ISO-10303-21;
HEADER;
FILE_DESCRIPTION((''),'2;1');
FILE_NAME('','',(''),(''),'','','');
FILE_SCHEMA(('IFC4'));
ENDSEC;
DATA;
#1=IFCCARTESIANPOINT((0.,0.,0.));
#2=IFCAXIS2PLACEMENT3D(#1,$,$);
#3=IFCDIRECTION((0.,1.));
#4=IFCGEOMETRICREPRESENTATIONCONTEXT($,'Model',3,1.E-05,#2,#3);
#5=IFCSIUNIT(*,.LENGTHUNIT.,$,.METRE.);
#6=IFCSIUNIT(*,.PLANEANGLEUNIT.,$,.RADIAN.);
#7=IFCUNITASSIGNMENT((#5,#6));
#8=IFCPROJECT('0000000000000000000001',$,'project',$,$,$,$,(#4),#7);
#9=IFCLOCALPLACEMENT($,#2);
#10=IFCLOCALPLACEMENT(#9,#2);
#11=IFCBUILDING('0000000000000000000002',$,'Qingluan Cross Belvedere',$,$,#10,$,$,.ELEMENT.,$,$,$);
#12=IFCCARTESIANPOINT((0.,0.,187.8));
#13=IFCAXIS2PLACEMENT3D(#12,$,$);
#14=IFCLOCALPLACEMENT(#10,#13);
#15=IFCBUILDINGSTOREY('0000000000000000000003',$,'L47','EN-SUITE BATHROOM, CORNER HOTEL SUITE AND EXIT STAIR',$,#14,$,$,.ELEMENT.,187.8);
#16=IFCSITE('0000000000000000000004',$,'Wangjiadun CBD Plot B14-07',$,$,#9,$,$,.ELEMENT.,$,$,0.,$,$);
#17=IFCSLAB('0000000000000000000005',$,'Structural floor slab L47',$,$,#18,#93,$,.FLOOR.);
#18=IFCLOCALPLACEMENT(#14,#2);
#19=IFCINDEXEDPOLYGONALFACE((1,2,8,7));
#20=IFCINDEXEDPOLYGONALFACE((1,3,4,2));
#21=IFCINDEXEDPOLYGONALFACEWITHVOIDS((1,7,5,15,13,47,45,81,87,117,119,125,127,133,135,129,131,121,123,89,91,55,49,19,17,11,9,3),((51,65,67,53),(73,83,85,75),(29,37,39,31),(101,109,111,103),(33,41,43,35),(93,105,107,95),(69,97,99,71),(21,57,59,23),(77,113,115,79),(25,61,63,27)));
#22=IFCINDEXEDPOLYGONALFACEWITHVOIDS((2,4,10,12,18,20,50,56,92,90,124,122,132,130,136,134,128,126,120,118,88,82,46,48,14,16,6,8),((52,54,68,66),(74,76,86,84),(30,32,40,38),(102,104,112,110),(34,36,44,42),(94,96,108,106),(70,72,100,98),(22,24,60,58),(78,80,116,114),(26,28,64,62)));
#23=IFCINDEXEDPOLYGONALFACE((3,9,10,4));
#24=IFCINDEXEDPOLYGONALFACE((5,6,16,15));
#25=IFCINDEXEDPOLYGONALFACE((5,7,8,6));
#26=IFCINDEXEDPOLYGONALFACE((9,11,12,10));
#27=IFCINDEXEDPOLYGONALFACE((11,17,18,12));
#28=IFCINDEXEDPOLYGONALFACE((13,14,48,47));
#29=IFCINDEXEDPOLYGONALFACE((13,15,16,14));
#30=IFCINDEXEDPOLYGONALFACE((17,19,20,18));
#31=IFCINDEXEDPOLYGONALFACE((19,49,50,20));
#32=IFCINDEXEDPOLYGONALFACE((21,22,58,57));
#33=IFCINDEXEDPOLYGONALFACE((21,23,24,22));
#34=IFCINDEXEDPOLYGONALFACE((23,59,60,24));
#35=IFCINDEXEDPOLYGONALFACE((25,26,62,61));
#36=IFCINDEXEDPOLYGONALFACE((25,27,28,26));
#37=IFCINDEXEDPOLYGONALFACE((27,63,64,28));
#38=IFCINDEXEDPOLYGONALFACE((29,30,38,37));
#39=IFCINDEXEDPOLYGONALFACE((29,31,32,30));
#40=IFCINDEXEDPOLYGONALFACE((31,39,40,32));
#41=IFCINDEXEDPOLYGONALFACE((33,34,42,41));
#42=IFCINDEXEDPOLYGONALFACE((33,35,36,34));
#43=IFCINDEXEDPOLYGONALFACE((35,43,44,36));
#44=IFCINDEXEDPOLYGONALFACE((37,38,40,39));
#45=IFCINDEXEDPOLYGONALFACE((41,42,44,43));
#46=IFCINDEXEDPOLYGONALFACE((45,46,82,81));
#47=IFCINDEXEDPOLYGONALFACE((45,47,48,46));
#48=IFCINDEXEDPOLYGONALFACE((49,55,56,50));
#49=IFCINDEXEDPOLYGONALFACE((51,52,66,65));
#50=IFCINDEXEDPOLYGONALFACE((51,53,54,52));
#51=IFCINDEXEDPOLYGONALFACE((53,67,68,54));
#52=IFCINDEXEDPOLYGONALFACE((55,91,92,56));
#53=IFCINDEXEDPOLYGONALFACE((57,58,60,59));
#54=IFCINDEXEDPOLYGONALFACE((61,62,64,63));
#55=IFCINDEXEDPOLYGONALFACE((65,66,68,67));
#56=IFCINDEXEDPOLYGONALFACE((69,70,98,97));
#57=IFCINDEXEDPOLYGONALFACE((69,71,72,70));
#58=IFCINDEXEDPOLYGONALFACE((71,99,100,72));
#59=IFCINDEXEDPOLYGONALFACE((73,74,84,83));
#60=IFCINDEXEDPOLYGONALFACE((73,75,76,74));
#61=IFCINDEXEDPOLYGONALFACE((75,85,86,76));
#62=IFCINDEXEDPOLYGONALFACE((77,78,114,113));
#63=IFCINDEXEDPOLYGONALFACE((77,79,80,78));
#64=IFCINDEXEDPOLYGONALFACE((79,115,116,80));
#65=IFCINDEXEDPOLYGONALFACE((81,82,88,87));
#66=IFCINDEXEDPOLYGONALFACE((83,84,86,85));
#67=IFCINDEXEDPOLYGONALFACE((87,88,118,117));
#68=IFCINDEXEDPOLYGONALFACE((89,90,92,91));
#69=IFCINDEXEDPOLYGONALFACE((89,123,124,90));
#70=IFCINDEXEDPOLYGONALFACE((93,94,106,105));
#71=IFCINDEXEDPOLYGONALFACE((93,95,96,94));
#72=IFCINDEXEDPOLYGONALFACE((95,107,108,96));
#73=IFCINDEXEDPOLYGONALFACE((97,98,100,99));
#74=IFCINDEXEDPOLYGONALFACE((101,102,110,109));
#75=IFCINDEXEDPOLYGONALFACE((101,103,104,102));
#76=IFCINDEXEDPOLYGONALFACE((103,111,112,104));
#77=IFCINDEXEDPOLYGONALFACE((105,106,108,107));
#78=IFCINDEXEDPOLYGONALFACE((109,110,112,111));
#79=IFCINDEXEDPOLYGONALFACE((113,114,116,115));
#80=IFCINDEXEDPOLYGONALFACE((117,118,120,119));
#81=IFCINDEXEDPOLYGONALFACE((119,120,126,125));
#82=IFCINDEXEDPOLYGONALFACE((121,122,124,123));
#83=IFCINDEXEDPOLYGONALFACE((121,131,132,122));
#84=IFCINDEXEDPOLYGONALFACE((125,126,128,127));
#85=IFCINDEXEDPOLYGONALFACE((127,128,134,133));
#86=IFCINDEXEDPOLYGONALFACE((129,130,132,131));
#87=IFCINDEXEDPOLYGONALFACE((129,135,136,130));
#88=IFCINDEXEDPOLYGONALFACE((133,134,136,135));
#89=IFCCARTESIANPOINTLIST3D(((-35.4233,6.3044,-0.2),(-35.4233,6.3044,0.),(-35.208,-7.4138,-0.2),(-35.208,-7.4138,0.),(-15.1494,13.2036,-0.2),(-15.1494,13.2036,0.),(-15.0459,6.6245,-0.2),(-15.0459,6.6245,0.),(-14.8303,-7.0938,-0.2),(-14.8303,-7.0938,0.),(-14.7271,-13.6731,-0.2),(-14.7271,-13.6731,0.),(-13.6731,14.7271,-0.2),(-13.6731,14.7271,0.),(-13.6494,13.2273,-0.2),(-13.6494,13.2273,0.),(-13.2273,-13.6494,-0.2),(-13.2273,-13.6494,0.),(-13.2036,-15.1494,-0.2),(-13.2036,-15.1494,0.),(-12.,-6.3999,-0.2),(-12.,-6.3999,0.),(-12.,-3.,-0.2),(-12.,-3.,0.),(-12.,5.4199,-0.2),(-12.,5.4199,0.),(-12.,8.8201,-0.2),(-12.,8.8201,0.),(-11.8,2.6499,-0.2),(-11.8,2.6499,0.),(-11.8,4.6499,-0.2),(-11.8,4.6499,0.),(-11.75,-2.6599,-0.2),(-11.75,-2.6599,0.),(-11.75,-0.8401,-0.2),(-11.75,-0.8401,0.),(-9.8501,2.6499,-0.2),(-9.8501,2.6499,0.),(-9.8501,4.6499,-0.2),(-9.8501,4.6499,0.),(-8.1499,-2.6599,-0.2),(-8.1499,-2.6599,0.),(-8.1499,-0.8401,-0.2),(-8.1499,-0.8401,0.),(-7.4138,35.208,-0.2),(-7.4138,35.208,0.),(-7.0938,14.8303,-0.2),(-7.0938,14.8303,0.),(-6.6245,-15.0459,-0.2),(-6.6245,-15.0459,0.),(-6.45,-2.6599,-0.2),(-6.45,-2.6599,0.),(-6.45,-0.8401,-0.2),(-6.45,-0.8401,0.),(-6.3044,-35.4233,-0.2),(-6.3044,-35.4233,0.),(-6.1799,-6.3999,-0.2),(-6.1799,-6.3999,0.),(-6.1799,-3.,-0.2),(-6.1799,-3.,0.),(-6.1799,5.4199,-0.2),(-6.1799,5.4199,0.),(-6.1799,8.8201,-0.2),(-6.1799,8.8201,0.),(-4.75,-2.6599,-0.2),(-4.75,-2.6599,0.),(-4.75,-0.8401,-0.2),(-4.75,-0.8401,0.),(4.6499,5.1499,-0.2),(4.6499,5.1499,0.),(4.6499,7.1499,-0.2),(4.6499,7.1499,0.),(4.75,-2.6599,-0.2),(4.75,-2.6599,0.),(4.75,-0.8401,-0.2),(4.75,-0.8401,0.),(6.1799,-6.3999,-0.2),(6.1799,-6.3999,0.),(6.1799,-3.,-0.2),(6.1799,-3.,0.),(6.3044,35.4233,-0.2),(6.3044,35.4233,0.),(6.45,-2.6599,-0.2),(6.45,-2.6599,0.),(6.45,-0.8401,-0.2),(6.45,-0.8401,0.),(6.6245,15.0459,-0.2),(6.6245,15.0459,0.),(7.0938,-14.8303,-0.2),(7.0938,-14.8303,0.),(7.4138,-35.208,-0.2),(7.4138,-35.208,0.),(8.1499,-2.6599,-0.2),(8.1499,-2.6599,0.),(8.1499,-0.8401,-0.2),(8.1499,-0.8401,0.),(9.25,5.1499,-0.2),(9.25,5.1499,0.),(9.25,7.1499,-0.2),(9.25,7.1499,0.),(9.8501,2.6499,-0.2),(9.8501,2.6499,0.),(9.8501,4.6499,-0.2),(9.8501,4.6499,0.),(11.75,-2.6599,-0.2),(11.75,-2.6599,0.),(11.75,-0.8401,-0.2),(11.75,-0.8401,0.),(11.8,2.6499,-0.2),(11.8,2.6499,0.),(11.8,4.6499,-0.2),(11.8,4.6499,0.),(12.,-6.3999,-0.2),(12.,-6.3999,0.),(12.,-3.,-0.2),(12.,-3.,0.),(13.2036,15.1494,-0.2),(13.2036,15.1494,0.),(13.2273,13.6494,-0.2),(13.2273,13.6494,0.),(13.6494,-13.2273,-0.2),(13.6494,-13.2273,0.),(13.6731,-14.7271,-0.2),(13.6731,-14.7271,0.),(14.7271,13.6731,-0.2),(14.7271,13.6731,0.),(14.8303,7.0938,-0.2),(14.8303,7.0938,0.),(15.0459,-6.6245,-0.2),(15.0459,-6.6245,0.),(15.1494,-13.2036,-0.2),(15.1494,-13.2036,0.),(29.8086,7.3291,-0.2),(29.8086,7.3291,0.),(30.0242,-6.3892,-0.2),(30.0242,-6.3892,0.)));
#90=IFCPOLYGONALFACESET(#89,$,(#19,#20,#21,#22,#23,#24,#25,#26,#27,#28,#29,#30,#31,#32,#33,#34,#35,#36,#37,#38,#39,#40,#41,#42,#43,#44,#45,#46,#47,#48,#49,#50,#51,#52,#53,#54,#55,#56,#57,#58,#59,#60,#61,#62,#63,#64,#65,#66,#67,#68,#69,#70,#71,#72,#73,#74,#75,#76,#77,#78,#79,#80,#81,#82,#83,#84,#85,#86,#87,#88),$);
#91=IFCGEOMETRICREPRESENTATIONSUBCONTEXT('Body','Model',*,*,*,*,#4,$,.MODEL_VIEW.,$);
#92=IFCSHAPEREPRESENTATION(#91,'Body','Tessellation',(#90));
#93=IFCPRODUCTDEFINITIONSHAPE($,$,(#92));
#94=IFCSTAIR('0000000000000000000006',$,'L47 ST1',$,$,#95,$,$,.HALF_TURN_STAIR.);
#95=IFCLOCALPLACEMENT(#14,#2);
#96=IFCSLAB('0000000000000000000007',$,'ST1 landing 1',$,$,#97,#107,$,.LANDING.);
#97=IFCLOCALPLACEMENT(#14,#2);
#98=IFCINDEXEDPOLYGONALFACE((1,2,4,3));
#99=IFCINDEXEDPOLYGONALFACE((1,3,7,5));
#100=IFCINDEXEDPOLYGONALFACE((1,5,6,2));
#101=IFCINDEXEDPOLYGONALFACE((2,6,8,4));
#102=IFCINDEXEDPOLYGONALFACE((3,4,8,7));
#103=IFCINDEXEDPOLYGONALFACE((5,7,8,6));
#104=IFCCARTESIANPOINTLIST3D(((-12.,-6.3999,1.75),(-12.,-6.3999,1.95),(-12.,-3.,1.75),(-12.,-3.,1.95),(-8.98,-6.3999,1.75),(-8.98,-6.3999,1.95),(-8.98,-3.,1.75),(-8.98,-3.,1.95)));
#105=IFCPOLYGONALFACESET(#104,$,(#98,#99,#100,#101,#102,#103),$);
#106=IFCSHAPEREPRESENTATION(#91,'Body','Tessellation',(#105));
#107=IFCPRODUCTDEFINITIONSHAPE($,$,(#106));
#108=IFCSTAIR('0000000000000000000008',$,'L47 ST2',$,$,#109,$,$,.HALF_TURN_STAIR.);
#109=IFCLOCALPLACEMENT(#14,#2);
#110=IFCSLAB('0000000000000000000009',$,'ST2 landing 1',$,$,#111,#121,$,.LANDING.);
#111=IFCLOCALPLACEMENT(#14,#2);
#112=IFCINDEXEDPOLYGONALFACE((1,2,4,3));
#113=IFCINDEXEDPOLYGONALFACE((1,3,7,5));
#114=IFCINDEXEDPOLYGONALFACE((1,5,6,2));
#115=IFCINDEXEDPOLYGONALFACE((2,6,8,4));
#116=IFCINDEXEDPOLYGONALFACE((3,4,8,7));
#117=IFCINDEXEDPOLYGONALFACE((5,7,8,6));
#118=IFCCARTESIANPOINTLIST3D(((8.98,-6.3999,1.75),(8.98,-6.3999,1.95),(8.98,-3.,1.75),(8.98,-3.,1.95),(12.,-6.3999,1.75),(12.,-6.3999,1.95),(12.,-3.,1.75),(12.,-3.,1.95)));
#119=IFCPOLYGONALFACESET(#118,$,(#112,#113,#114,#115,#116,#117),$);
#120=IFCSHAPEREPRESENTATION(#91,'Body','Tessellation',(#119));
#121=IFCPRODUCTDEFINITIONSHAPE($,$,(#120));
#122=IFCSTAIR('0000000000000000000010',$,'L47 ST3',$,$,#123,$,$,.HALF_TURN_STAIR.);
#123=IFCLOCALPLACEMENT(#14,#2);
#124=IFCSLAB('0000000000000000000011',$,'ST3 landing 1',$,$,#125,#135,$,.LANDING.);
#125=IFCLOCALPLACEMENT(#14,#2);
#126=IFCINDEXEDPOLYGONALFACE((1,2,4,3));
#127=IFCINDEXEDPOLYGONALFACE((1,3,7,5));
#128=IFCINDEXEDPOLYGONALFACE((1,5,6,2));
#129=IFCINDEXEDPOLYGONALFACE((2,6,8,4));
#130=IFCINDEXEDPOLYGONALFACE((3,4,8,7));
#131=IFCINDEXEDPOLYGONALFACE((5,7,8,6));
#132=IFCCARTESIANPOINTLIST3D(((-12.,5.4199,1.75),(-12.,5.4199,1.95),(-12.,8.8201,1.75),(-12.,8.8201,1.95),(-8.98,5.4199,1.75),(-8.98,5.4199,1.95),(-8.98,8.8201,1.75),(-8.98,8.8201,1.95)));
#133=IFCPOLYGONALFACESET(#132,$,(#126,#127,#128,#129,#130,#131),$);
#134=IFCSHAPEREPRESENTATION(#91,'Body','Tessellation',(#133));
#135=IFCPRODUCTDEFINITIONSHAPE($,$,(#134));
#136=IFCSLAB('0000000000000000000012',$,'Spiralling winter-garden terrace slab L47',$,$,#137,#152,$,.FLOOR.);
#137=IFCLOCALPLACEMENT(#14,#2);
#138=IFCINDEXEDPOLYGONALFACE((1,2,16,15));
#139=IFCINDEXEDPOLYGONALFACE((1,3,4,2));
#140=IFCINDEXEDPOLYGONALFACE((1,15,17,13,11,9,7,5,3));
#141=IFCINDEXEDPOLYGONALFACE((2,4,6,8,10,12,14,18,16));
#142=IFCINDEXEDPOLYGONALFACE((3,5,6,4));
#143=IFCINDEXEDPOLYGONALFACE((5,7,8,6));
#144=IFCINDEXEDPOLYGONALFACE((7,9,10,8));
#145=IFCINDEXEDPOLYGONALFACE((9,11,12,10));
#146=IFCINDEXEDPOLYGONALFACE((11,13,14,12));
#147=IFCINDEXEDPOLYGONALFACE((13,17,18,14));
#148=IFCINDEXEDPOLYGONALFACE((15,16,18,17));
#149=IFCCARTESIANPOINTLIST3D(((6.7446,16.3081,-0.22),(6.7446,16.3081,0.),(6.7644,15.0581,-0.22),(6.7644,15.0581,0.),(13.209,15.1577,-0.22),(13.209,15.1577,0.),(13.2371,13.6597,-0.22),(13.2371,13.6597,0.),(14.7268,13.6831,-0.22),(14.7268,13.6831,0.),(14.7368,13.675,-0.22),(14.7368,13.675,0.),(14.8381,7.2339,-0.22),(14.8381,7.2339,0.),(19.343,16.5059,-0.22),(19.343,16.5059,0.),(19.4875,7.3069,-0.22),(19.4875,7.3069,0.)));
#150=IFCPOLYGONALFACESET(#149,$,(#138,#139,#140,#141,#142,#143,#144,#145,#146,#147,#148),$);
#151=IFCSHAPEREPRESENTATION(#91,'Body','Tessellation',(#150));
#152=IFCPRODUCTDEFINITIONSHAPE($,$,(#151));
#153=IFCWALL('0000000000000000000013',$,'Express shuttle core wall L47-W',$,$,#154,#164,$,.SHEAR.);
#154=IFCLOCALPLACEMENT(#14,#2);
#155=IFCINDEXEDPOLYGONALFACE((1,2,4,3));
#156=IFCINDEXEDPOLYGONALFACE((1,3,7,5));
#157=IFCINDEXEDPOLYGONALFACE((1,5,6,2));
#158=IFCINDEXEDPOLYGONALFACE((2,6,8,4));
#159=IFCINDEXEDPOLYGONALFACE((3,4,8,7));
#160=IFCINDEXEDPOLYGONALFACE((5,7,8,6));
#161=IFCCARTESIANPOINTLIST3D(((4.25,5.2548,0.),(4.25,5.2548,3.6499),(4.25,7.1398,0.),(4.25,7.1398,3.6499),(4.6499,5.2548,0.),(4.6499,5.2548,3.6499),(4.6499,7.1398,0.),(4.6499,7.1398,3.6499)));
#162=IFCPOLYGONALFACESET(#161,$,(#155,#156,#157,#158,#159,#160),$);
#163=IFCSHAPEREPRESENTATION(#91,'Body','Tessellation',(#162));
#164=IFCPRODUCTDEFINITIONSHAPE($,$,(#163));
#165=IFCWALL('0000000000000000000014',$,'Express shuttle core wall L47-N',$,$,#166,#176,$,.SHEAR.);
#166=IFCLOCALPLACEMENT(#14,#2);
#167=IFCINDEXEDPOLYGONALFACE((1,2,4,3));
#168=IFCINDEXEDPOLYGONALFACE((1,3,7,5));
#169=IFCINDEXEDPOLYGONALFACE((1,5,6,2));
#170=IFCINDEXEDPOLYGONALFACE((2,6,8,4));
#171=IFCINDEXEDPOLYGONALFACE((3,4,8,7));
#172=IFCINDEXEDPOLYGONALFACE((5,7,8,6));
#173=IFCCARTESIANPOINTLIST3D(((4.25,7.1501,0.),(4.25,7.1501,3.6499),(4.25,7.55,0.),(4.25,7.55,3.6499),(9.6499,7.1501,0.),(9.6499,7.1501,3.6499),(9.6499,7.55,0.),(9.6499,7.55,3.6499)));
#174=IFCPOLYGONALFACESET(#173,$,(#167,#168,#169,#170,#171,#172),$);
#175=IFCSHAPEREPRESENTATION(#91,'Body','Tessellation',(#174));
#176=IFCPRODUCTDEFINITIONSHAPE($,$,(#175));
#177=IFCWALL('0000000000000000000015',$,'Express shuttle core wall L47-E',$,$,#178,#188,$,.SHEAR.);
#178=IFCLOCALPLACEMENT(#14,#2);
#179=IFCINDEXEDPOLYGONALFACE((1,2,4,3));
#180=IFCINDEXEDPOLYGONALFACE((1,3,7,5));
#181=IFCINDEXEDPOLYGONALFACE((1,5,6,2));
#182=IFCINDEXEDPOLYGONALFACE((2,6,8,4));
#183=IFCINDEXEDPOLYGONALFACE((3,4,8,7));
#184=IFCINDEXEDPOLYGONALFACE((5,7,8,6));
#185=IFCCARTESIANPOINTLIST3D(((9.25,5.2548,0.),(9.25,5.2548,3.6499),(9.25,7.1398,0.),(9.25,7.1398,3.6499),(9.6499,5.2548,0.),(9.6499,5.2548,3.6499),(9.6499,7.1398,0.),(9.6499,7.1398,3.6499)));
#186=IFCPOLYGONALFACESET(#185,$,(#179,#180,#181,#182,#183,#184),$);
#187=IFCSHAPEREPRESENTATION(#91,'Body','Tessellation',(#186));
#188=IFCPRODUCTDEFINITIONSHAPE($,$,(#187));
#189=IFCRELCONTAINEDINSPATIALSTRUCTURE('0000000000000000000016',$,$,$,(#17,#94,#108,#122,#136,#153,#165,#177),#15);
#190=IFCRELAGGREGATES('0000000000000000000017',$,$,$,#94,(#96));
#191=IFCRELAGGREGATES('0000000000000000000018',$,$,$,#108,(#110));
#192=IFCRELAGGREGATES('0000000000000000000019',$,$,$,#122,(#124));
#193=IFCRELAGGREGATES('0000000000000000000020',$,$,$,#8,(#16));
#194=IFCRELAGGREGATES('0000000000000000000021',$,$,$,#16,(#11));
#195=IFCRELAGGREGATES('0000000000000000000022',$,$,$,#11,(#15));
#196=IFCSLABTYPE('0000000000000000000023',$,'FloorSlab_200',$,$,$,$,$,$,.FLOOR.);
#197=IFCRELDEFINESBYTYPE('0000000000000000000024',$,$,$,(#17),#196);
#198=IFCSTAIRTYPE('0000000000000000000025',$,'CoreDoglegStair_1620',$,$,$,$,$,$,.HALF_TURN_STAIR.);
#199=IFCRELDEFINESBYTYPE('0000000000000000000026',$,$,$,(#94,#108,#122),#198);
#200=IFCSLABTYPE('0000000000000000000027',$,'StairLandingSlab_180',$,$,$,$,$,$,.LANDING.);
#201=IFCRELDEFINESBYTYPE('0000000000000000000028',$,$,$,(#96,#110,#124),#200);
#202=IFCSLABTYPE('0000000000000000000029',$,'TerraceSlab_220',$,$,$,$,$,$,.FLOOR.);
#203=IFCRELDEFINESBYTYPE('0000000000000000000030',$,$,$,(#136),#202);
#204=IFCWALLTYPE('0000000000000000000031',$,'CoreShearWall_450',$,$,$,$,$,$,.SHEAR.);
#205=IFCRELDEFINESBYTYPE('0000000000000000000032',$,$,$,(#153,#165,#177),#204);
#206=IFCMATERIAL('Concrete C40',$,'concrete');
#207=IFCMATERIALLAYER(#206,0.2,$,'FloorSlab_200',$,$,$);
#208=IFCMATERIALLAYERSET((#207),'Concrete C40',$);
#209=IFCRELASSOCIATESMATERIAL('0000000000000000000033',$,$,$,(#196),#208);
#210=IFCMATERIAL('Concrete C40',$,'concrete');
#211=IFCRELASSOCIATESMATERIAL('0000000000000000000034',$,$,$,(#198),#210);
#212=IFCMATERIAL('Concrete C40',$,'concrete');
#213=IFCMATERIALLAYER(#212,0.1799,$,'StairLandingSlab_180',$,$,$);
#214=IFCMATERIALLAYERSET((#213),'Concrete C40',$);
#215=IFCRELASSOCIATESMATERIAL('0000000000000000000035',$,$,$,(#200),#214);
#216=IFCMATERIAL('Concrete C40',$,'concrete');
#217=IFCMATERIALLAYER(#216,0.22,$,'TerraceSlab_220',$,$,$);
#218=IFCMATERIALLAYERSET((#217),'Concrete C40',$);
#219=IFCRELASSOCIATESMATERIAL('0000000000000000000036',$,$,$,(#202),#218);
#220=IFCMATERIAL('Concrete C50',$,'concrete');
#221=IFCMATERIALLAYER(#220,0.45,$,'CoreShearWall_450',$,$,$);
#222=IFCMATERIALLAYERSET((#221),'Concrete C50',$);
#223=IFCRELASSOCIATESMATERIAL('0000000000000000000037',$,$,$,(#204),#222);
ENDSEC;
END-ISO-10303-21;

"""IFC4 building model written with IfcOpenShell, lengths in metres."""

from ifc_helpers import new_model, si_unit, direction, frame, frame_2d, origin, place, context, subcontext, project, spatial, polyline, rectangle, outline, extrude, material, layer, layer_set, type_object, element, aggregate, save


model = new_model("IFC4")

# Units and contexts
model_context = context("Model", 3, precision=1e-05, world=origin(), true_north=direction((0.0, 1.0)))
body_context = subcontext(model_context, "Body", "Model", "MODEL_VIEW")
ifc_project = project(units=[si_unit("LENGTHUNIT", "METRE"), si_unit("PLANEANGLEUNIT", "RADIAN")], contexts=[model_context])

# Site, building, storey
site_placement = place(None, origin())
site = spatial("IfcSite", under=ifc_project, at=site_placement, Name="Wangjiadun CBD Plot B14-07", CompositionType="ELEMENT", RefElevation=0.0)
building_placement = place(site_placement, origin())
building = spatial("IfcBuilding", under=site, at=building_placement, Name="Qingluan Cross Belvedere", CompositionType="ELEMENT")
storey_placement = place(building_placement, frame((0.0, 0.0, 187.8)))
storey = spatial("IfcBuildingStorey", under=building, at=storey_placement, Name="L47", Description="EN-SUITE BATHROOM, CORNER HOTEL SUITE AND EXIT STAIR", CompositionType="ELEMENT", Elevation=187.8)

# Slab
ifc_material_1 = material(Name="Concrete C40", Category="concrete")
ifc_layer_1 = layer(ifc_material_1, 0.2, Name="FloorSlab_200")
ifc_layer_set_1 = layer_set([ifc_layer_1], Name="Concrete C40")
slab_type_1 = type_object("IfcSlabType", Name="FloorSlab_200", PredefinedType="FLOOR", material=ifc_layer_set_1)
slab_1_placement = place(storey_placement, frame((0.0, 0.0, -0.2)))
element("IfcSlab", 1, at=slab_1_placement, inside=storey, type_object=slab_type_1, Name="Structural floor slab L47", PredefinedType="FLOOR", context=body_context, shape_type="SweptSolid", body=[
    extrude(outline(polyline([(7.4138, -35.208), (7.0938, -14.8303), (13.6731, -14.7271), (13.6494, -13.2273), (15.1494, -13.2036), (15.0459, -6.6245), (30.0242, -6.3892), (29.8086, 7.3291), (14.8303, 7.0938), (14.7271, 13.6731), (13.2273, 13.6494), (13.2036, 15.1494), (6.6245, 15.0459), (6.3044, 35.4233), (-7.4138, 35.208), (-7.0938, 14.8303), (-13.6731, 14.7271), (-13.6494, 13.2273), (-15.1494, 13.2036), (-15.0459, 6.6245), (-35.4233, 6.3044), (-35.208, -7.4138), (-14.8303, -7.0938), (-14.7271, -13.6731), (-13.2273, -13.6494), (-13.2036, -15.1494), (-6.6245, -15.0459), (-6.3044, -35.4233), (7.4138, -35.208)]), holes=[polyline([(-12.0, -3.0), (-6.1799, -3.0), (-6.1799, -6.3999), (-12.0, -6.3999), (-12.0, -3.0)]), polyline([(6.1799, -3.0), (12.0, -3.0), (12.0, -6.3999), (6.1799, -6.3999), (6.1799, -3.0)]), polyline([(-12.0, 8.8201), (-6.1799, 8.8201), (-6.1799, 5.4199), (-12.0, 5.4199), (-12.0, 8.8201)]), polyline([(-11.8, 4.6499), (-9.8501, 4.6499), (-9.8501, 2.6499), (-11.8, 2.6499), (-11.8, 4.6499)]), polyline([(9.8501, 4.6499), (11.8, 4.6499), (11.8, 2.6499), (9.8501, 2.6499), (9.8501, 4.6499)]), polyline([(-11.75, -0.8401), (-8.1499, -0.8401), (-8.1499, -2.6599), (-11.75, -2.6599), (-11.75, -0.8401)]), polyline([(-6.45, -0.8401), (-4.75, -0.8401), (-4.75, -2.6599), (-6.45, -2.6599), (-6.45, -0.8401)]), polyline([(4.75, -0.8401), (6.45, -0.8401), (6.45, -2.6599), (4.75, -2.6599), (4.75, -0.8401)]), polyline([(8.1499, -0.8401), (11.75, -0.8401), (11.75, -2.6599), (8.1499, -2.6599), (8.1499, -0.8401)]), polyline([(4.6499, 7.1499), (9.25, 7.1499), (9.25, 5.1499), (4.6499, 5.1499), (4.6499, 7.1499)])]), origin(), (0.0, 0.0, 1.0), 0.2),
])

# Stairs, slabs
ifc_material_2 = material(Name="Concrete C40", Category="concrete")
stair_type = type_object("IfcStairType", Name="CoreDoglegStair_1620", PredefinedType="HALF_TURN_STAIR", material=ifc_material_2)
stair_1_placement = place(storey_placement, origin())
stair_1 = element("IfcStair", 2, at=stair_1_placement, inside=storey, type_object=stair_type, Name="L47 ST1", PredefinedType="HALF_TURN_STAIR")
ifc_material_3 = material(Name="Concrete C40", Category="concrete")
ifc_layer_2 = layer(ifc_material_3, 0.1799, Name="StairLandingSlab_180")
ifc_layer_set_2 = layer_set([ifc_layer_2], Name="Concrete C40")
slab_type_2 = type_object("IfcSlabType", Name="StairLandingSlab_180", PredefinedType="LANDING", material=ifc_layer_set_2)
slab_2_placement = place(storey_placement, frame((0.0, 0.0, 1.75)))
slab_2 = element("IfcSlab", 3, at=slab_2_placement, type_object=slab_type_2, Name="ST1 landing 1", PredefinedType="LANDING", context=body_context, shape_type="SweptSolid", body=[
    extrude(outline(polyline([(-8.98, -3.0), (-12.0, -3.0), (-12.0, -6.3999), (-8.98, -6.3999), (-8.98, -3.0)])), origin(), (0.0, 0.0, 1.0), 0.2),
])
aggregate(stair_1, [slab_2])
stair_2_placement = place(storey_placement, origin())
stair_2 = element("IfcStair", 4, at=stair_2_placement, inside=storey, type_object=stair_type, Name="L47 ST2", PredefinedType="HALF_TURN_STAIR")
slab_3_placement = place(storey_placement, frame((0.0, 0.0, 1.75)))
slab_3 = element("IfcSlab", 5, at=slab_3_placement, type_object=slab_type_2, Name="ST2 landing 1", PredefinedType="LANDING", context=body_context, shape_type="SweptSolid", body=[
    extrude(outline(polyline([(8.98, -6.3999), (12.0, -6.3999), (12.0, -3.0), (8.98, -3.0), (8.98, -6.3999)])), origin(), (0.0, 0.0, 1.0), 0.2),
])
aggregate(stair_2, [slab_3])
stair_3_placement = place(storey_placement, origin())
stair_3 = element("IfcStair", 6, at=stair_3_placement, inside=storey, type_object=stair_type, Name="L47 ST3", PredefinedType="HALF_TURN_STAIR")
slab_4_placement = place(storey_placement, frame((0.0, 0.0, 1.75)))
slab_4 = element("IfcSlab", 7, at=slab_4_placement, type_object=slab_type_2, Name="ST3 landing 1", PredefinedType="LANDING", context=body_context, shape_type="SweptSolid", body=[
    extrude(outline(polyline([(-8.98, 8.8201), (-12.0, 8.8201), (-12.0, 5.4199), (-8.98, 5.4199), (-8.98, 8.8201)])), origin(), (0.0, 0.0, 1.0), 0.2),
])
aggregate(stair_3, [slab_4])

# Slab
ifc_material_4 = material(Name="Concrete C40", Category="concrete")
ifc_layer_3 = layer(ifc_material_4, 0.22, Name="TerraceSlab_220")
ifc_layer_set_3 = layer_set([ifc_layer_3], Name="Concrete C40")
slab_type_3 = type_object("IfcSlabType", Name="TerraceSlab_220", PredefinedType="FLOOR", material=ifc_layer_set_3)
slab_5_placement = place(storey_placement, frame((0.0, 0.0, -0.22)))
element("IfcSlab", 8, at=slab_5_placement, inside=storey, type_object=slab_type_3, Name="Spiralling winter-garden terrace slab L47", PredefinedType="FLOOR", context=body_context, shape_type="SweptSolid", body=[
    extrude(outline(polyline([(6.7644, 15.0581), (13.209, 15.1577), (13.2371, 13.6597), (14.7268, 13.6831), (14.7368, 13.675), (14.8381, 7.2339), (19.4875, 7.3069), (19.343, 16.5059), (6.7446, 16.3081), (6.7644, 15.0581)])), origin(), (0.0, 0.0, 1.0), 0.22),
])

# Walls
ifc_material_5 = material(Name="Concrete C50", Category="concrete")
ifc_layer_4 = layer(ifc_material_5, 0.45, Name="CoreShearWall_450")
ifc_layer_set_4 = layer_set([ifc_layer_4], Name="Concrete C50")
wall_type_1 = type_object("IfcWallType", Name="CoreShearWall_450", PredefinedType="SHEAR", material=ifc_layer_set_4)
wall_1_placement = place(storey_placement, frame((4.45, 5.2549, 0.0), z_axis=(0.0, 0.0, 1.0), x_axis=(0.0, 1.0, 0.0)))
element("IfcWall", 9, at=wall_1_placement, inside=storey, type_object=wall_type_1, Name="Express shuttle core wall L47-W", PredefinedType="SHEAR", context=body_context, shape_type="SweptSolid", body=[
    extrude(rectangle(XDim=1.885, YDim=0.3999, at=frame_2d((0.9424, 0.0))), origin(), (0.0, 0.0, 1.0), 3.6499),
])
wall_2_placement = place(storey_placement, frame((4.25, 7.3501, 0.0), z_axis=(0.0, 0.0, 1.0), x_axis=(1.0, 0.0, 0.0)))
element("IfcWall", 10, at=wall_2_placement, inside=storey, type_object=wall_type_1, Name="Express shuttle core wall L47-N", PredefinedType="SHEAR", context=body_context, shape_type="SweptSolid", body=[
    extrude(rectangle(XDim=5.3999, YDim=0.3999, at=frame_2d((2.7, 0.0))), origin(), (0.0, 0.0, 1.0), 3.6499),
])
wall_3_placement = place(storey_placement, frame((9.45, 5.2549, 0.0), z_axis=(0.0, 0.0, 1.0), x_axis=(0.0, 1.0, 0.0)))
element("IfcWall", 11, at=wall_3_placement, inside=storey, type_object=wall_type_1, Name="Express shuttle core wall L47-E", PredefinedType="SHEAR", context=body_context, shape_type="SweptSolid", body=[
    extrude(rectangle(XDim=1.885, YDim=0.3999, at=frame_2d((0.9424, 0.0))), origin(), (0.0, 0.0, 1.0), 3.6499),
])

save(model, "model.ifc")
